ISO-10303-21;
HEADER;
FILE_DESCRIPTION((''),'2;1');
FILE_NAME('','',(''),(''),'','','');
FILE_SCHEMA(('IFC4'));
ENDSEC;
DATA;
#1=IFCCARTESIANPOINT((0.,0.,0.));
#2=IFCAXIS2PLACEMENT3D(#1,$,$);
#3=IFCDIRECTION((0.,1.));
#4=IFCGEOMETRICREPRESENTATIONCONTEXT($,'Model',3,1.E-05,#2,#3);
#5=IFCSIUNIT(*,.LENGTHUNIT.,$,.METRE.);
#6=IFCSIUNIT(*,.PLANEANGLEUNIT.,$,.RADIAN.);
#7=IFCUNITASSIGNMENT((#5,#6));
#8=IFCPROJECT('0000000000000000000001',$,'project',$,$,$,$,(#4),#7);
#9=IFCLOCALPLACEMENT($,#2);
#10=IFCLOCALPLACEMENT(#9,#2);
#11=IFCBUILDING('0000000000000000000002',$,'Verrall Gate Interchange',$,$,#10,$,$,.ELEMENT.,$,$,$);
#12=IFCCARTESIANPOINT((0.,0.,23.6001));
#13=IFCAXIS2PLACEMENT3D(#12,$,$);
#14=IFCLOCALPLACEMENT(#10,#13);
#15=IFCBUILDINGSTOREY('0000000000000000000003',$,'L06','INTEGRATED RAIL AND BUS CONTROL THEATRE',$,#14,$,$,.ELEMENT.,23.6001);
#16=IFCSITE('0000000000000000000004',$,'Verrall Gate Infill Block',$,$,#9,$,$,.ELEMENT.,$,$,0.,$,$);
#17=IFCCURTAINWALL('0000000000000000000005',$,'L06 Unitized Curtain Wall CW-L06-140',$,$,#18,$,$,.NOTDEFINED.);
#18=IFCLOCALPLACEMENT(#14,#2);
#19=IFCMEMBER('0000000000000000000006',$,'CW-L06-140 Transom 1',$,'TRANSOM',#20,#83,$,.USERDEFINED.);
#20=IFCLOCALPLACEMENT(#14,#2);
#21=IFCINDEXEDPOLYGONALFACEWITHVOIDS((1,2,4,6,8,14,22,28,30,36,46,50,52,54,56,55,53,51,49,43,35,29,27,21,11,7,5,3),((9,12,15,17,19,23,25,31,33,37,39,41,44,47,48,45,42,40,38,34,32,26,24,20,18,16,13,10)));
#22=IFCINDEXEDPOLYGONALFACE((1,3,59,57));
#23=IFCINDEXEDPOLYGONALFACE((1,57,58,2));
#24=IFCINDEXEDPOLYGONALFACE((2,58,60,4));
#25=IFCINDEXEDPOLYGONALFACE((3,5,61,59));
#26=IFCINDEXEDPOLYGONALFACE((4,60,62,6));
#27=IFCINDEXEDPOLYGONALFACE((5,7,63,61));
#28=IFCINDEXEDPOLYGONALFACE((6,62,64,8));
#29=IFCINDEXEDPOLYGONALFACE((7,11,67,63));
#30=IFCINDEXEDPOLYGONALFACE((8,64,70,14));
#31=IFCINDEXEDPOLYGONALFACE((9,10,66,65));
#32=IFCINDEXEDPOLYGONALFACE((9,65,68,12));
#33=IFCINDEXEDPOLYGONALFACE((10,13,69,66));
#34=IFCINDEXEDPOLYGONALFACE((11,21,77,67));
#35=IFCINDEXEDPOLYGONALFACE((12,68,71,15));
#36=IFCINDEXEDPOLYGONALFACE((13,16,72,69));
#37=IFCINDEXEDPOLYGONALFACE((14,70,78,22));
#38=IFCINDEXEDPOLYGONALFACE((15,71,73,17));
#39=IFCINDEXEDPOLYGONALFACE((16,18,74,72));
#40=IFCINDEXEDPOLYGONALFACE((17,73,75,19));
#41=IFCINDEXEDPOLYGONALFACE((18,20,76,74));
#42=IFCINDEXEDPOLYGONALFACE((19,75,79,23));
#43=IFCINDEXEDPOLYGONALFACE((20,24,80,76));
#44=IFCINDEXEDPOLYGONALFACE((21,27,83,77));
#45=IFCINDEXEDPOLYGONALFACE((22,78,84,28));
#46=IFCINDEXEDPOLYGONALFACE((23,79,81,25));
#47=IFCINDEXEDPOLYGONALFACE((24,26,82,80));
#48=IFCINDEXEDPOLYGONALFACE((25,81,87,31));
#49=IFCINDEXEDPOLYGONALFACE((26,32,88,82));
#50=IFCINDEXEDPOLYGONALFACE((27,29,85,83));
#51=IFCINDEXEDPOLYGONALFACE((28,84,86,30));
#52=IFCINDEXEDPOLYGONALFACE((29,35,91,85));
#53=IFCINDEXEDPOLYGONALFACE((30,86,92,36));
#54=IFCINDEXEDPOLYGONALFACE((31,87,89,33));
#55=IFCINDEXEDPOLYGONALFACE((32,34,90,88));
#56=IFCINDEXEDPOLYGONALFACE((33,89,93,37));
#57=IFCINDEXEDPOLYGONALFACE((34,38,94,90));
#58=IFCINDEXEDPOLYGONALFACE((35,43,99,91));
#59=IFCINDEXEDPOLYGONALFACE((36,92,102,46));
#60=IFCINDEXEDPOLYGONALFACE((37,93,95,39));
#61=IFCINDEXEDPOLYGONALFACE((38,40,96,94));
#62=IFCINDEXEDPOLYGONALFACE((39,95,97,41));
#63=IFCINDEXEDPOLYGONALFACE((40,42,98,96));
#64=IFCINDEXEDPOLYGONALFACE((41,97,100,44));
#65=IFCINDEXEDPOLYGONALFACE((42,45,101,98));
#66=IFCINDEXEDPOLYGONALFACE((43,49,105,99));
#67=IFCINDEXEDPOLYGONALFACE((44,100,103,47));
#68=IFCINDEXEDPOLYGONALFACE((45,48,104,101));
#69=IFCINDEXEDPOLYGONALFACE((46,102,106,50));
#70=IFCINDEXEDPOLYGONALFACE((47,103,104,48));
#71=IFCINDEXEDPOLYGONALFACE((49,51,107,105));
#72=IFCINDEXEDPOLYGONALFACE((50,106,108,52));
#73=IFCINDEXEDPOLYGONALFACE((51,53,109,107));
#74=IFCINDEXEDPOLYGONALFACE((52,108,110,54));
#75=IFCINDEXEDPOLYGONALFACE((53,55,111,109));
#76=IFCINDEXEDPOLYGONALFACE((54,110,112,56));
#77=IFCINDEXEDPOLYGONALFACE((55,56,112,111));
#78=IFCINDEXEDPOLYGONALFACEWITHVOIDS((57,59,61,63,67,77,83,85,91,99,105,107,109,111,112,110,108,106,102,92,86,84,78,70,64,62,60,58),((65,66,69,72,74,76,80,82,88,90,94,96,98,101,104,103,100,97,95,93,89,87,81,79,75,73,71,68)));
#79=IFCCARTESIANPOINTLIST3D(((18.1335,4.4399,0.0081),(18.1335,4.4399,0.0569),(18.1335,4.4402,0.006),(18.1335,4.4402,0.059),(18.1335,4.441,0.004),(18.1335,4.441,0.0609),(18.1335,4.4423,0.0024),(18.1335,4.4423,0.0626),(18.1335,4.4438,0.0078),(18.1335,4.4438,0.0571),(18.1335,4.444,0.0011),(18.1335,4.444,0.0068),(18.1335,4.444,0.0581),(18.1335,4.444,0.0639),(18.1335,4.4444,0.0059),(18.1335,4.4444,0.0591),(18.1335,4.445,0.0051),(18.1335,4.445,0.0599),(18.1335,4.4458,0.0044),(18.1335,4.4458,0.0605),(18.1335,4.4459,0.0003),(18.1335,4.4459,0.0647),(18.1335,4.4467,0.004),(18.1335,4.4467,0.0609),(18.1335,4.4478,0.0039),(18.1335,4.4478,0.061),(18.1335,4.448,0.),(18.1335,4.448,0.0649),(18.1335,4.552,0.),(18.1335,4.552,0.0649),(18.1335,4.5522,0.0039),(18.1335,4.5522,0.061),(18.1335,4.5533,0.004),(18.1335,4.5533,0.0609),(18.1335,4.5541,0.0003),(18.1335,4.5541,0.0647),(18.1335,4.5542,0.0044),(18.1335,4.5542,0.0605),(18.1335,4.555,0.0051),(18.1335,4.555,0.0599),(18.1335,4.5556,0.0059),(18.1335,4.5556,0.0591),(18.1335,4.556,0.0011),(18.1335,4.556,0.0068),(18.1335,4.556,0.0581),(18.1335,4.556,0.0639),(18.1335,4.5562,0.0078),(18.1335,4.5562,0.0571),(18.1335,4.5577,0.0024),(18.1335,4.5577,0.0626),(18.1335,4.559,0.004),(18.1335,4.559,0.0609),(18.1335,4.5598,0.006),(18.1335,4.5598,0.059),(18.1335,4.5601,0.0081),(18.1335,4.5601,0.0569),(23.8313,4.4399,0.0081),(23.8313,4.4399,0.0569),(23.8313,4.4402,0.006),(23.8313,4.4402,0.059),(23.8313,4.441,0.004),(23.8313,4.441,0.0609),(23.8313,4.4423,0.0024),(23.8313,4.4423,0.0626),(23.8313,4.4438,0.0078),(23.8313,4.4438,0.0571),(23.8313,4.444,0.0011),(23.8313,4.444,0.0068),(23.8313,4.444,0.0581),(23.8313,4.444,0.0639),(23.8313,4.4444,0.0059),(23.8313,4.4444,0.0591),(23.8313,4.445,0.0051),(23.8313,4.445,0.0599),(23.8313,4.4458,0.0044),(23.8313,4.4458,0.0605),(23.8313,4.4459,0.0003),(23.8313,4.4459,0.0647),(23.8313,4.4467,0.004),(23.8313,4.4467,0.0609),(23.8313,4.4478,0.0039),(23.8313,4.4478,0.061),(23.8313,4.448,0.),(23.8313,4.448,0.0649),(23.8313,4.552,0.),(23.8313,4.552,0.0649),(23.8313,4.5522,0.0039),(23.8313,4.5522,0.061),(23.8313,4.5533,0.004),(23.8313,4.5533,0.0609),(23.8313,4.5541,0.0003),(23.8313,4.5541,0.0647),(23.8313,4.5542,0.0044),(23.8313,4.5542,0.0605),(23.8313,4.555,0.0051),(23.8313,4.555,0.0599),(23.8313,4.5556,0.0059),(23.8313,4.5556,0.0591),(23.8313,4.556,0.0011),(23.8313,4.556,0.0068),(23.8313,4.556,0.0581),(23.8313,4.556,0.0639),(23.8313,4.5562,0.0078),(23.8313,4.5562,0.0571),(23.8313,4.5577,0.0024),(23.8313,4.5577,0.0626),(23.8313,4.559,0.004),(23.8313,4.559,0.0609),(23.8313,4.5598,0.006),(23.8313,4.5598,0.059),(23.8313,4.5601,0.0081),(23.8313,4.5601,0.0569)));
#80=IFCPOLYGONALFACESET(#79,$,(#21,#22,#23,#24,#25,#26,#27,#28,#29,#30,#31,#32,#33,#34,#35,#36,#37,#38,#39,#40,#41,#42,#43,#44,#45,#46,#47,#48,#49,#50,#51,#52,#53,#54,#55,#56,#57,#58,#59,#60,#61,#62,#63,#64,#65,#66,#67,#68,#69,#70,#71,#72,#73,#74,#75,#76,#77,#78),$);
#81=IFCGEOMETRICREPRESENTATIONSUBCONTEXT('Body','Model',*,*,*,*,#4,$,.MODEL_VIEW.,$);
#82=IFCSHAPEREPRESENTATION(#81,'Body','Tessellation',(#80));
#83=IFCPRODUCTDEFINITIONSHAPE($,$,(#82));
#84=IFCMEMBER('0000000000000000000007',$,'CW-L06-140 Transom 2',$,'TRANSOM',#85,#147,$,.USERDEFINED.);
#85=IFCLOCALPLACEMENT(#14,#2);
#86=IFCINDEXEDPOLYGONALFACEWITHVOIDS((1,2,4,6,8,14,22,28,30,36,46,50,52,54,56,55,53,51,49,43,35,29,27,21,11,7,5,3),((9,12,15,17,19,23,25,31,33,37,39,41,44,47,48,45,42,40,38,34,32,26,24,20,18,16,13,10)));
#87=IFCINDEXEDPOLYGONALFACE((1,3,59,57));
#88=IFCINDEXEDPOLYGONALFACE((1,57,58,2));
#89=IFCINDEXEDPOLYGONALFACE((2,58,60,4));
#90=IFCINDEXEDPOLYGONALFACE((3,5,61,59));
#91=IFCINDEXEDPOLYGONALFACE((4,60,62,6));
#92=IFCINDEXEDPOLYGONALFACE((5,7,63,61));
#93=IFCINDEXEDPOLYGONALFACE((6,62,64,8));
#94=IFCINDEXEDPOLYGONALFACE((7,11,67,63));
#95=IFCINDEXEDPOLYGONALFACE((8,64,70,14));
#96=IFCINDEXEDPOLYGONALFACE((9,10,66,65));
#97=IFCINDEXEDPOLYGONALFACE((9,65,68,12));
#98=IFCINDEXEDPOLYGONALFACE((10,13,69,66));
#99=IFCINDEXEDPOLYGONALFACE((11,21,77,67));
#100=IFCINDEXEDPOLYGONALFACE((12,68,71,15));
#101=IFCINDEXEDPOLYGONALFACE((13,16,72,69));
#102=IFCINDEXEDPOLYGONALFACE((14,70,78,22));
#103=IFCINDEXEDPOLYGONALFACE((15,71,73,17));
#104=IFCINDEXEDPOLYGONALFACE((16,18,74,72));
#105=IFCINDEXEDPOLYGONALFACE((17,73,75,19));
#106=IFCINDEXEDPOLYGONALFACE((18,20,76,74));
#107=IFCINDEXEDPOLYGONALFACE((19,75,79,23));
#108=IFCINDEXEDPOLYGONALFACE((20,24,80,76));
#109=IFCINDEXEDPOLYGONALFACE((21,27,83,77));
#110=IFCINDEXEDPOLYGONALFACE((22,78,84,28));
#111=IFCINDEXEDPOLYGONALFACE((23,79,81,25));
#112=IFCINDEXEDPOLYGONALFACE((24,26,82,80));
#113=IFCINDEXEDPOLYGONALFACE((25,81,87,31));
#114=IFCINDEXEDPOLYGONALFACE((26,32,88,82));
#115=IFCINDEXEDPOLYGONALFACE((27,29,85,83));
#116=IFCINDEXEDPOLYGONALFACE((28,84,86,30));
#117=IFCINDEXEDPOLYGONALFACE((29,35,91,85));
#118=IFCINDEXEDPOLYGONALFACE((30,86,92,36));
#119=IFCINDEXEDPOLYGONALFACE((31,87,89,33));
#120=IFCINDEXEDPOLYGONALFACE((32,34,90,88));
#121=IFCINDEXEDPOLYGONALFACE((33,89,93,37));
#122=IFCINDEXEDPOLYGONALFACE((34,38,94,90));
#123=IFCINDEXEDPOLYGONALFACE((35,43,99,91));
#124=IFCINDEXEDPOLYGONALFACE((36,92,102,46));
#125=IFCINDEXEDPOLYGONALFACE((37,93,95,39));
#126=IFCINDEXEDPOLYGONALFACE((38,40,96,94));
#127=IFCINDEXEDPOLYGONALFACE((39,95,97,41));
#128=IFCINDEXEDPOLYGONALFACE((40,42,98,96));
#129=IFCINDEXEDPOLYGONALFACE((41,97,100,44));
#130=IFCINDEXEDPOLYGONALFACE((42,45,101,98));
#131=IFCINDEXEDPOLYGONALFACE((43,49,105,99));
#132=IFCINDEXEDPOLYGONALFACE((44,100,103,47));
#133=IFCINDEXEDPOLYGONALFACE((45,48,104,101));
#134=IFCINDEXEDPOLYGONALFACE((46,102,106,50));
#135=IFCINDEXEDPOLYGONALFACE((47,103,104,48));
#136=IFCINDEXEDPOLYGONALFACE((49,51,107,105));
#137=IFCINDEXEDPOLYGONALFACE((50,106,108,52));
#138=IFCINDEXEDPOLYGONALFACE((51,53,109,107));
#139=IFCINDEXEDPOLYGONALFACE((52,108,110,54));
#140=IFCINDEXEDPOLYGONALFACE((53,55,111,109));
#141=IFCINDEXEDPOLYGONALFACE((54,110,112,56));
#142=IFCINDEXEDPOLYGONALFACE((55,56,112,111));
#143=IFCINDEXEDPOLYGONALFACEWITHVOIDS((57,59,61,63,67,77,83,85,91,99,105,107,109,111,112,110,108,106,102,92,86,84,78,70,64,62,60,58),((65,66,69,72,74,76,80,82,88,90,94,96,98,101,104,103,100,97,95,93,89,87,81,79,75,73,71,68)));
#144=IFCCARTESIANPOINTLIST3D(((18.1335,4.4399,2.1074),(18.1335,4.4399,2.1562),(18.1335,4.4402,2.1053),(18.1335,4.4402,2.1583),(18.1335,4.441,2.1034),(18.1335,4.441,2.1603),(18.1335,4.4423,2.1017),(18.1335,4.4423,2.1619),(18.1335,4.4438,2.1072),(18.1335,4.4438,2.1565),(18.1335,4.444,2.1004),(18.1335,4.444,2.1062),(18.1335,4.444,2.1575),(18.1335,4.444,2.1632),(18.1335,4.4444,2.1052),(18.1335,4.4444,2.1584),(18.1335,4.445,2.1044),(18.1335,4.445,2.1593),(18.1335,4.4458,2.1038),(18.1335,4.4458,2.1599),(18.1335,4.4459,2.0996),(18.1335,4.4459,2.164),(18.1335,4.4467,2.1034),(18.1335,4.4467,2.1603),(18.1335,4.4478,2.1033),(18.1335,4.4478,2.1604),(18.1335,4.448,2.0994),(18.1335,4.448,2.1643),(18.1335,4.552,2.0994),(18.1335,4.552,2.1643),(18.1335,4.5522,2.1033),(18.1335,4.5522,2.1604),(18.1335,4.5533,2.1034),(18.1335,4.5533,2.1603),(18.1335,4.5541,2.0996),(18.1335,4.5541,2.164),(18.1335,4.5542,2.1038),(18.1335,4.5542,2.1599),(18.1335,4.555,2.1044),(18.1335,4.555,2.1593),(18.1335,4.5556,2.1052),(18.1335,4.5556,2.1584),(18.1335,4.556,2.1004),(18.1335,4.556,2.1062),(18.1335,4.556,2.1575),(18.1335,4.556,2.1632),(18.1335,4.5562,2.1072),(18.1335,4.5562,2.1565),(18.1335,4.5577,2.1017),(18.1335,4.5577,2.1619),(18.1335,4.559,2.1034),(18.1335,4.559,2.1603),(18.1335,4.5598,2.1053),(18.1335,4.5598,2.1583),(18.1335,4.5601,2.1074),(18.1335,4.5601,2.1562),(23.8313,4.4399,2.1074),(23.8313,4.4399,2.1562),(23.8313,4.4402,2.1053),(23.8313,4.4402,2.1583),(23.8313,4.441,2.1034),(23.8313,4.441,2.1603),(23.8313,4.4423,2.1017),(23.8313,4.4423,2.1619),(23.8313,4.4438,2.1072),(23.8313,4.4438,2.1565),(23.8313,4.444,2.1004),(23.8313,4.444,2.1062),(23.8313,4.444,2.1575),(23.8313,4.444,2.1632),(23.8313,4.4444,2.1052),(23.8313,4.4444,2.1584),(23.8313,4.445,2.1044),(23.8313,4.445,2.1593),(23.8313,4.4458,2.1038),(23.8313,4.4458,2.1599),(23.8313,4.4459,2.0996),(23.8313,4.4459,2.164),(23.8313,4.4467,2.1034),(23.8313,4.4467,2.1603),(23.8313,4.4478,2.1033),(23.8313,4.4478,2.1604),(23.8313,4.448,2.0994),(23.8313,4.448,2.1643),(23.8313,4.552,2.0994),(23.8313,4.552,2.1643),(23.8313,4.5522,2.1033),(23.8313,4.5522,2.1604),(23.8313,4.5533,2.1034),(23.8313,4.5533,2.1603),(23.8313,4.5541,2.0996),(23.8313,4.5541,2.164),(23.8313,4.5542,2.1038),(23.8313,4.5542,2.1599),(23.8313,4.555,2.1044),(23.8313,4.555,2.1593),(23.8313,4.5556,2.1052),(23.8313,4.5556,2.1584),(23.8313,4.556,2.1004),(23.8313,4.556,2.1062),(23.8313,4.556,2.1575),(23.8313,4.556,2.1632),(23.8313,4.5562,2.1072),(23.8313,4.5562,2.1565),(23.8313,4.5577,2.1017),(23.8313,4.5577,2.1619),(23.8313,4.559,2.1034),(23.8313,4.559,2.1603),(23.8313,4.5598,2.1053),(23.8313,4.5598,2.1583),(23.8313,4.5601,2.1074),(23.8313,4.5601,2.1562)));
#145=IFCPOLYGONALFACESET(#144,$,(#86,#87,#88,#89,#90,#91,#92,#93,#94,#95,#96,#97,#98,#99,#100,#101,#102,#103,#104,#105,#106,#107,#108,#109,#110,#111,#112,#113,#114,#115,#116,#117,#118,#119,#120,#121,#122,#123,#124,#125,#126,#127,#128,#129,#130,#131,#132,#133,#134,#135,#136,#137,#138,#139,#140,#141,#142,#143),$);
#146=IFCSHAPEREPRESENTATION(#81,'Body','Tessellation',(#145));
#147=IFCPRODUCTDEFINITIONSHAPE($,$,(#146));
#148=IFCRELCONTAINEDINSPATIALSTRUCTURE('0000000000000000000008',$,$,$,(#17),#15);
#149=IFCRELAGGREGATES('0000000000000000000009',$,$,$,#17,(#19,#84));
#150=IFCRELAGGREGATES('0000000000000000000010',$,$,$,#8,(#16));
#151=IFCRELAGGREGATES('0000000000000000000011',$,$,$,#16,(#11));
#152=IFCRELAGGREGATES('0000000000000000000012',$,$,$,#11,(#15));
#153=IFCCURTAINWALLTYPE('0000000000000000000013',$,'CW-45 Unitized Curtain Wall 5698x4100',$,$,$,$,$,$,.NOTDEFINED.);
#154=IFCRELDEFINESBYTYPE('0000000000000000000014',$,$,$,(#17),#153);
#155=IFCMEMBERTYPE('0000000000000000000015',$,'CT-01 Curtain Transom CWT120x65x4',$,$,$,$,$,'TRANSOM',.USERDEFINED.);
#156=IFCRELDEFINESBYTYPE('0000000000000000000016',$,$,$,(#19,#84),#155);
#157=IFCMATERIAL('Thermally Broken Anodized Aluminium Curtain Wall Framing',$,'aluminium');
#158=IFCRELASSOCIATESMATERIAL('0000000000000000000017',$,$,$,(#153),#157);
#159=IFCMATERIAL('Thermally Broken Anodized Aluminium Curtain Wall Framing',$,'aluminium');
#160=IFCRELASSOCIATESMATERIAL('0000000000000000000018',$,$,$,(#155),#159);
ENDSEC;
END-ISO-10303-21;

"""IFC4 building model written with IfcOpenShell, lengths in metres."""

from ifc_helpers import new_model, si_unit, direction, frame, origin, origin_2d, place, context, subcontext, project, spatial, hollow_rectangle, extrude, material, material_profile, profile_set, type_object, element, aggregate, save


model = new_model("IFC4")

# Units and contexts
model_context = context("Model", 3, precision=1e-05, world=origin(), true_north=direction((0.0, 1.0)))
body_context = subcontext(model_context, "Body", "Model", "MODEL_VIEW")
ifc_project = project(units=[si_unit("LENGTHUNIT", "METRE"), si_unit("PLANEANGLEUNIT", "RADIAN")], contexts=[model_context])

# Site, building, storey
site_placement = place(None, origin())
site = spatial("IfcSite", under=ifc_project, at=site_placement, Name="Verrall Gate Infill Block", CompositionType="ELEMENT", RefElevation=0.0)
building_placement = place(site_placement, origin())
building = spatial("IfcBuilding", under=site, at=building_placement, Name="Verrall Gate Interchange", CompositionType="ELEMENT")
storey_placement = place(building_placement, frame((0.0, 0.0, 23.6001)))
storey = spatial("IfcBuildingStorey", under=building, at=storey_placement, Name="L06", Description="INTEGRATED RAIL AND BUS CONTROL THEATRE", CompositionType="ELEMENT", Elevation=23.6001)

# Curtain wall
ifc_material_1 = material(Name="Thermally Broken Anodized Aluminium Curtain Wall Framing", Category="aluminium")
curtain_wall_type = type_object("IfcCurtainWallType", Name="CW-45 Unitized Curtain Wall 5698x4100", PredefinedType="NOTDEFINED", material=ifc_material_1)
curtain_wall_1_placement = place(storey_placement, origin())
curtain_wall_1 = element("IfcCurtainWall", 1, at=curtain_wall_1_placement, inside=storey, type_object=curtain_wall_type, Name="L06 Unitized Curtain Wall CW-L06-140", PredefinedType="NOTDEFINED")

# Members
ifc_material_2 = material(Name="Thermally Broken Anodized Aluminium Curtain Wall Framing", Category="aluminium")
ifc_material_profile_1 = material_profile(ifc_material_2, hollow_rectangle(XDim=0.1201, YDim=0.0649, WallThickness=0.0039, InnerFilletRadius=0.0039, OuterFilletRadius=0.0081, at=origin_2d()), Name="CWT120x65x4")
ifc_profile_set_1 = profile_set([ifc_material_profile_1], Name="Thermally Broken Anodized Aluminium Curtain Wall Framing")
member_type_1 = type_object("IfcMemberType", Name="CT-01 Curtain Transom CWT120x65x4", ElementType="TRANSOM", PredefinedType="USERDEFINED", material=ifc_profile_set_1)
member_1_placement = place(storey_placement, frame((18.1335, 4.5, 0.0325), z_axis=(1.0, 0.0, 0.0), x_axis=(0.0, 1.0, 0.0)))
member_1 = element("IfcMember", 2, at=member_1_placement, type_object=member_type_1, Name="CW-L06-140 Transom 1", ObjectType="TRANSOM", PredefinedType="USERDEFINED", context=body_context, shape_type="SweptSolid", body=[
    extrude(hollow_rectangle(XDim=0.1201, YDim=0.0649, WallThickness=0.0039, InnerFilletRadius=0.0039, OuterFilletRadius=0.0081, at=origin_2d()), origin(), (0.0, 0.0, 1.0), 5.6978),
])
member_2_placement = place(storey_placement, frame((18.1335, 4.5, 2.1318), z_axis=(1.0, 0.0, 0.0), x_axis=(0.0, 1.0, 0.0)))
member_2 = element("IfcMember", 3, at=member_2_placement, type_object=member_type_1, Name="CW-L06-140 Transom 2", ObjectType="TRANSOM", PredefinedType="USERDEFINED", context=body_context, shape_type="SweptSolid", body=[
    extrude(hollow_rectangle(XDim=0.1201, YDim=0.0649, WallThickness=0.0039, InnerFilletRadius=0.0039, OuterFilletRadius=0.0081, at=origin_2d()), origin(), (0.0, 0.0, 1.0), 5.6978),
])

aggregate(curtain_wall_1, [member_1, member_2])

save(model, "model.ifc")
